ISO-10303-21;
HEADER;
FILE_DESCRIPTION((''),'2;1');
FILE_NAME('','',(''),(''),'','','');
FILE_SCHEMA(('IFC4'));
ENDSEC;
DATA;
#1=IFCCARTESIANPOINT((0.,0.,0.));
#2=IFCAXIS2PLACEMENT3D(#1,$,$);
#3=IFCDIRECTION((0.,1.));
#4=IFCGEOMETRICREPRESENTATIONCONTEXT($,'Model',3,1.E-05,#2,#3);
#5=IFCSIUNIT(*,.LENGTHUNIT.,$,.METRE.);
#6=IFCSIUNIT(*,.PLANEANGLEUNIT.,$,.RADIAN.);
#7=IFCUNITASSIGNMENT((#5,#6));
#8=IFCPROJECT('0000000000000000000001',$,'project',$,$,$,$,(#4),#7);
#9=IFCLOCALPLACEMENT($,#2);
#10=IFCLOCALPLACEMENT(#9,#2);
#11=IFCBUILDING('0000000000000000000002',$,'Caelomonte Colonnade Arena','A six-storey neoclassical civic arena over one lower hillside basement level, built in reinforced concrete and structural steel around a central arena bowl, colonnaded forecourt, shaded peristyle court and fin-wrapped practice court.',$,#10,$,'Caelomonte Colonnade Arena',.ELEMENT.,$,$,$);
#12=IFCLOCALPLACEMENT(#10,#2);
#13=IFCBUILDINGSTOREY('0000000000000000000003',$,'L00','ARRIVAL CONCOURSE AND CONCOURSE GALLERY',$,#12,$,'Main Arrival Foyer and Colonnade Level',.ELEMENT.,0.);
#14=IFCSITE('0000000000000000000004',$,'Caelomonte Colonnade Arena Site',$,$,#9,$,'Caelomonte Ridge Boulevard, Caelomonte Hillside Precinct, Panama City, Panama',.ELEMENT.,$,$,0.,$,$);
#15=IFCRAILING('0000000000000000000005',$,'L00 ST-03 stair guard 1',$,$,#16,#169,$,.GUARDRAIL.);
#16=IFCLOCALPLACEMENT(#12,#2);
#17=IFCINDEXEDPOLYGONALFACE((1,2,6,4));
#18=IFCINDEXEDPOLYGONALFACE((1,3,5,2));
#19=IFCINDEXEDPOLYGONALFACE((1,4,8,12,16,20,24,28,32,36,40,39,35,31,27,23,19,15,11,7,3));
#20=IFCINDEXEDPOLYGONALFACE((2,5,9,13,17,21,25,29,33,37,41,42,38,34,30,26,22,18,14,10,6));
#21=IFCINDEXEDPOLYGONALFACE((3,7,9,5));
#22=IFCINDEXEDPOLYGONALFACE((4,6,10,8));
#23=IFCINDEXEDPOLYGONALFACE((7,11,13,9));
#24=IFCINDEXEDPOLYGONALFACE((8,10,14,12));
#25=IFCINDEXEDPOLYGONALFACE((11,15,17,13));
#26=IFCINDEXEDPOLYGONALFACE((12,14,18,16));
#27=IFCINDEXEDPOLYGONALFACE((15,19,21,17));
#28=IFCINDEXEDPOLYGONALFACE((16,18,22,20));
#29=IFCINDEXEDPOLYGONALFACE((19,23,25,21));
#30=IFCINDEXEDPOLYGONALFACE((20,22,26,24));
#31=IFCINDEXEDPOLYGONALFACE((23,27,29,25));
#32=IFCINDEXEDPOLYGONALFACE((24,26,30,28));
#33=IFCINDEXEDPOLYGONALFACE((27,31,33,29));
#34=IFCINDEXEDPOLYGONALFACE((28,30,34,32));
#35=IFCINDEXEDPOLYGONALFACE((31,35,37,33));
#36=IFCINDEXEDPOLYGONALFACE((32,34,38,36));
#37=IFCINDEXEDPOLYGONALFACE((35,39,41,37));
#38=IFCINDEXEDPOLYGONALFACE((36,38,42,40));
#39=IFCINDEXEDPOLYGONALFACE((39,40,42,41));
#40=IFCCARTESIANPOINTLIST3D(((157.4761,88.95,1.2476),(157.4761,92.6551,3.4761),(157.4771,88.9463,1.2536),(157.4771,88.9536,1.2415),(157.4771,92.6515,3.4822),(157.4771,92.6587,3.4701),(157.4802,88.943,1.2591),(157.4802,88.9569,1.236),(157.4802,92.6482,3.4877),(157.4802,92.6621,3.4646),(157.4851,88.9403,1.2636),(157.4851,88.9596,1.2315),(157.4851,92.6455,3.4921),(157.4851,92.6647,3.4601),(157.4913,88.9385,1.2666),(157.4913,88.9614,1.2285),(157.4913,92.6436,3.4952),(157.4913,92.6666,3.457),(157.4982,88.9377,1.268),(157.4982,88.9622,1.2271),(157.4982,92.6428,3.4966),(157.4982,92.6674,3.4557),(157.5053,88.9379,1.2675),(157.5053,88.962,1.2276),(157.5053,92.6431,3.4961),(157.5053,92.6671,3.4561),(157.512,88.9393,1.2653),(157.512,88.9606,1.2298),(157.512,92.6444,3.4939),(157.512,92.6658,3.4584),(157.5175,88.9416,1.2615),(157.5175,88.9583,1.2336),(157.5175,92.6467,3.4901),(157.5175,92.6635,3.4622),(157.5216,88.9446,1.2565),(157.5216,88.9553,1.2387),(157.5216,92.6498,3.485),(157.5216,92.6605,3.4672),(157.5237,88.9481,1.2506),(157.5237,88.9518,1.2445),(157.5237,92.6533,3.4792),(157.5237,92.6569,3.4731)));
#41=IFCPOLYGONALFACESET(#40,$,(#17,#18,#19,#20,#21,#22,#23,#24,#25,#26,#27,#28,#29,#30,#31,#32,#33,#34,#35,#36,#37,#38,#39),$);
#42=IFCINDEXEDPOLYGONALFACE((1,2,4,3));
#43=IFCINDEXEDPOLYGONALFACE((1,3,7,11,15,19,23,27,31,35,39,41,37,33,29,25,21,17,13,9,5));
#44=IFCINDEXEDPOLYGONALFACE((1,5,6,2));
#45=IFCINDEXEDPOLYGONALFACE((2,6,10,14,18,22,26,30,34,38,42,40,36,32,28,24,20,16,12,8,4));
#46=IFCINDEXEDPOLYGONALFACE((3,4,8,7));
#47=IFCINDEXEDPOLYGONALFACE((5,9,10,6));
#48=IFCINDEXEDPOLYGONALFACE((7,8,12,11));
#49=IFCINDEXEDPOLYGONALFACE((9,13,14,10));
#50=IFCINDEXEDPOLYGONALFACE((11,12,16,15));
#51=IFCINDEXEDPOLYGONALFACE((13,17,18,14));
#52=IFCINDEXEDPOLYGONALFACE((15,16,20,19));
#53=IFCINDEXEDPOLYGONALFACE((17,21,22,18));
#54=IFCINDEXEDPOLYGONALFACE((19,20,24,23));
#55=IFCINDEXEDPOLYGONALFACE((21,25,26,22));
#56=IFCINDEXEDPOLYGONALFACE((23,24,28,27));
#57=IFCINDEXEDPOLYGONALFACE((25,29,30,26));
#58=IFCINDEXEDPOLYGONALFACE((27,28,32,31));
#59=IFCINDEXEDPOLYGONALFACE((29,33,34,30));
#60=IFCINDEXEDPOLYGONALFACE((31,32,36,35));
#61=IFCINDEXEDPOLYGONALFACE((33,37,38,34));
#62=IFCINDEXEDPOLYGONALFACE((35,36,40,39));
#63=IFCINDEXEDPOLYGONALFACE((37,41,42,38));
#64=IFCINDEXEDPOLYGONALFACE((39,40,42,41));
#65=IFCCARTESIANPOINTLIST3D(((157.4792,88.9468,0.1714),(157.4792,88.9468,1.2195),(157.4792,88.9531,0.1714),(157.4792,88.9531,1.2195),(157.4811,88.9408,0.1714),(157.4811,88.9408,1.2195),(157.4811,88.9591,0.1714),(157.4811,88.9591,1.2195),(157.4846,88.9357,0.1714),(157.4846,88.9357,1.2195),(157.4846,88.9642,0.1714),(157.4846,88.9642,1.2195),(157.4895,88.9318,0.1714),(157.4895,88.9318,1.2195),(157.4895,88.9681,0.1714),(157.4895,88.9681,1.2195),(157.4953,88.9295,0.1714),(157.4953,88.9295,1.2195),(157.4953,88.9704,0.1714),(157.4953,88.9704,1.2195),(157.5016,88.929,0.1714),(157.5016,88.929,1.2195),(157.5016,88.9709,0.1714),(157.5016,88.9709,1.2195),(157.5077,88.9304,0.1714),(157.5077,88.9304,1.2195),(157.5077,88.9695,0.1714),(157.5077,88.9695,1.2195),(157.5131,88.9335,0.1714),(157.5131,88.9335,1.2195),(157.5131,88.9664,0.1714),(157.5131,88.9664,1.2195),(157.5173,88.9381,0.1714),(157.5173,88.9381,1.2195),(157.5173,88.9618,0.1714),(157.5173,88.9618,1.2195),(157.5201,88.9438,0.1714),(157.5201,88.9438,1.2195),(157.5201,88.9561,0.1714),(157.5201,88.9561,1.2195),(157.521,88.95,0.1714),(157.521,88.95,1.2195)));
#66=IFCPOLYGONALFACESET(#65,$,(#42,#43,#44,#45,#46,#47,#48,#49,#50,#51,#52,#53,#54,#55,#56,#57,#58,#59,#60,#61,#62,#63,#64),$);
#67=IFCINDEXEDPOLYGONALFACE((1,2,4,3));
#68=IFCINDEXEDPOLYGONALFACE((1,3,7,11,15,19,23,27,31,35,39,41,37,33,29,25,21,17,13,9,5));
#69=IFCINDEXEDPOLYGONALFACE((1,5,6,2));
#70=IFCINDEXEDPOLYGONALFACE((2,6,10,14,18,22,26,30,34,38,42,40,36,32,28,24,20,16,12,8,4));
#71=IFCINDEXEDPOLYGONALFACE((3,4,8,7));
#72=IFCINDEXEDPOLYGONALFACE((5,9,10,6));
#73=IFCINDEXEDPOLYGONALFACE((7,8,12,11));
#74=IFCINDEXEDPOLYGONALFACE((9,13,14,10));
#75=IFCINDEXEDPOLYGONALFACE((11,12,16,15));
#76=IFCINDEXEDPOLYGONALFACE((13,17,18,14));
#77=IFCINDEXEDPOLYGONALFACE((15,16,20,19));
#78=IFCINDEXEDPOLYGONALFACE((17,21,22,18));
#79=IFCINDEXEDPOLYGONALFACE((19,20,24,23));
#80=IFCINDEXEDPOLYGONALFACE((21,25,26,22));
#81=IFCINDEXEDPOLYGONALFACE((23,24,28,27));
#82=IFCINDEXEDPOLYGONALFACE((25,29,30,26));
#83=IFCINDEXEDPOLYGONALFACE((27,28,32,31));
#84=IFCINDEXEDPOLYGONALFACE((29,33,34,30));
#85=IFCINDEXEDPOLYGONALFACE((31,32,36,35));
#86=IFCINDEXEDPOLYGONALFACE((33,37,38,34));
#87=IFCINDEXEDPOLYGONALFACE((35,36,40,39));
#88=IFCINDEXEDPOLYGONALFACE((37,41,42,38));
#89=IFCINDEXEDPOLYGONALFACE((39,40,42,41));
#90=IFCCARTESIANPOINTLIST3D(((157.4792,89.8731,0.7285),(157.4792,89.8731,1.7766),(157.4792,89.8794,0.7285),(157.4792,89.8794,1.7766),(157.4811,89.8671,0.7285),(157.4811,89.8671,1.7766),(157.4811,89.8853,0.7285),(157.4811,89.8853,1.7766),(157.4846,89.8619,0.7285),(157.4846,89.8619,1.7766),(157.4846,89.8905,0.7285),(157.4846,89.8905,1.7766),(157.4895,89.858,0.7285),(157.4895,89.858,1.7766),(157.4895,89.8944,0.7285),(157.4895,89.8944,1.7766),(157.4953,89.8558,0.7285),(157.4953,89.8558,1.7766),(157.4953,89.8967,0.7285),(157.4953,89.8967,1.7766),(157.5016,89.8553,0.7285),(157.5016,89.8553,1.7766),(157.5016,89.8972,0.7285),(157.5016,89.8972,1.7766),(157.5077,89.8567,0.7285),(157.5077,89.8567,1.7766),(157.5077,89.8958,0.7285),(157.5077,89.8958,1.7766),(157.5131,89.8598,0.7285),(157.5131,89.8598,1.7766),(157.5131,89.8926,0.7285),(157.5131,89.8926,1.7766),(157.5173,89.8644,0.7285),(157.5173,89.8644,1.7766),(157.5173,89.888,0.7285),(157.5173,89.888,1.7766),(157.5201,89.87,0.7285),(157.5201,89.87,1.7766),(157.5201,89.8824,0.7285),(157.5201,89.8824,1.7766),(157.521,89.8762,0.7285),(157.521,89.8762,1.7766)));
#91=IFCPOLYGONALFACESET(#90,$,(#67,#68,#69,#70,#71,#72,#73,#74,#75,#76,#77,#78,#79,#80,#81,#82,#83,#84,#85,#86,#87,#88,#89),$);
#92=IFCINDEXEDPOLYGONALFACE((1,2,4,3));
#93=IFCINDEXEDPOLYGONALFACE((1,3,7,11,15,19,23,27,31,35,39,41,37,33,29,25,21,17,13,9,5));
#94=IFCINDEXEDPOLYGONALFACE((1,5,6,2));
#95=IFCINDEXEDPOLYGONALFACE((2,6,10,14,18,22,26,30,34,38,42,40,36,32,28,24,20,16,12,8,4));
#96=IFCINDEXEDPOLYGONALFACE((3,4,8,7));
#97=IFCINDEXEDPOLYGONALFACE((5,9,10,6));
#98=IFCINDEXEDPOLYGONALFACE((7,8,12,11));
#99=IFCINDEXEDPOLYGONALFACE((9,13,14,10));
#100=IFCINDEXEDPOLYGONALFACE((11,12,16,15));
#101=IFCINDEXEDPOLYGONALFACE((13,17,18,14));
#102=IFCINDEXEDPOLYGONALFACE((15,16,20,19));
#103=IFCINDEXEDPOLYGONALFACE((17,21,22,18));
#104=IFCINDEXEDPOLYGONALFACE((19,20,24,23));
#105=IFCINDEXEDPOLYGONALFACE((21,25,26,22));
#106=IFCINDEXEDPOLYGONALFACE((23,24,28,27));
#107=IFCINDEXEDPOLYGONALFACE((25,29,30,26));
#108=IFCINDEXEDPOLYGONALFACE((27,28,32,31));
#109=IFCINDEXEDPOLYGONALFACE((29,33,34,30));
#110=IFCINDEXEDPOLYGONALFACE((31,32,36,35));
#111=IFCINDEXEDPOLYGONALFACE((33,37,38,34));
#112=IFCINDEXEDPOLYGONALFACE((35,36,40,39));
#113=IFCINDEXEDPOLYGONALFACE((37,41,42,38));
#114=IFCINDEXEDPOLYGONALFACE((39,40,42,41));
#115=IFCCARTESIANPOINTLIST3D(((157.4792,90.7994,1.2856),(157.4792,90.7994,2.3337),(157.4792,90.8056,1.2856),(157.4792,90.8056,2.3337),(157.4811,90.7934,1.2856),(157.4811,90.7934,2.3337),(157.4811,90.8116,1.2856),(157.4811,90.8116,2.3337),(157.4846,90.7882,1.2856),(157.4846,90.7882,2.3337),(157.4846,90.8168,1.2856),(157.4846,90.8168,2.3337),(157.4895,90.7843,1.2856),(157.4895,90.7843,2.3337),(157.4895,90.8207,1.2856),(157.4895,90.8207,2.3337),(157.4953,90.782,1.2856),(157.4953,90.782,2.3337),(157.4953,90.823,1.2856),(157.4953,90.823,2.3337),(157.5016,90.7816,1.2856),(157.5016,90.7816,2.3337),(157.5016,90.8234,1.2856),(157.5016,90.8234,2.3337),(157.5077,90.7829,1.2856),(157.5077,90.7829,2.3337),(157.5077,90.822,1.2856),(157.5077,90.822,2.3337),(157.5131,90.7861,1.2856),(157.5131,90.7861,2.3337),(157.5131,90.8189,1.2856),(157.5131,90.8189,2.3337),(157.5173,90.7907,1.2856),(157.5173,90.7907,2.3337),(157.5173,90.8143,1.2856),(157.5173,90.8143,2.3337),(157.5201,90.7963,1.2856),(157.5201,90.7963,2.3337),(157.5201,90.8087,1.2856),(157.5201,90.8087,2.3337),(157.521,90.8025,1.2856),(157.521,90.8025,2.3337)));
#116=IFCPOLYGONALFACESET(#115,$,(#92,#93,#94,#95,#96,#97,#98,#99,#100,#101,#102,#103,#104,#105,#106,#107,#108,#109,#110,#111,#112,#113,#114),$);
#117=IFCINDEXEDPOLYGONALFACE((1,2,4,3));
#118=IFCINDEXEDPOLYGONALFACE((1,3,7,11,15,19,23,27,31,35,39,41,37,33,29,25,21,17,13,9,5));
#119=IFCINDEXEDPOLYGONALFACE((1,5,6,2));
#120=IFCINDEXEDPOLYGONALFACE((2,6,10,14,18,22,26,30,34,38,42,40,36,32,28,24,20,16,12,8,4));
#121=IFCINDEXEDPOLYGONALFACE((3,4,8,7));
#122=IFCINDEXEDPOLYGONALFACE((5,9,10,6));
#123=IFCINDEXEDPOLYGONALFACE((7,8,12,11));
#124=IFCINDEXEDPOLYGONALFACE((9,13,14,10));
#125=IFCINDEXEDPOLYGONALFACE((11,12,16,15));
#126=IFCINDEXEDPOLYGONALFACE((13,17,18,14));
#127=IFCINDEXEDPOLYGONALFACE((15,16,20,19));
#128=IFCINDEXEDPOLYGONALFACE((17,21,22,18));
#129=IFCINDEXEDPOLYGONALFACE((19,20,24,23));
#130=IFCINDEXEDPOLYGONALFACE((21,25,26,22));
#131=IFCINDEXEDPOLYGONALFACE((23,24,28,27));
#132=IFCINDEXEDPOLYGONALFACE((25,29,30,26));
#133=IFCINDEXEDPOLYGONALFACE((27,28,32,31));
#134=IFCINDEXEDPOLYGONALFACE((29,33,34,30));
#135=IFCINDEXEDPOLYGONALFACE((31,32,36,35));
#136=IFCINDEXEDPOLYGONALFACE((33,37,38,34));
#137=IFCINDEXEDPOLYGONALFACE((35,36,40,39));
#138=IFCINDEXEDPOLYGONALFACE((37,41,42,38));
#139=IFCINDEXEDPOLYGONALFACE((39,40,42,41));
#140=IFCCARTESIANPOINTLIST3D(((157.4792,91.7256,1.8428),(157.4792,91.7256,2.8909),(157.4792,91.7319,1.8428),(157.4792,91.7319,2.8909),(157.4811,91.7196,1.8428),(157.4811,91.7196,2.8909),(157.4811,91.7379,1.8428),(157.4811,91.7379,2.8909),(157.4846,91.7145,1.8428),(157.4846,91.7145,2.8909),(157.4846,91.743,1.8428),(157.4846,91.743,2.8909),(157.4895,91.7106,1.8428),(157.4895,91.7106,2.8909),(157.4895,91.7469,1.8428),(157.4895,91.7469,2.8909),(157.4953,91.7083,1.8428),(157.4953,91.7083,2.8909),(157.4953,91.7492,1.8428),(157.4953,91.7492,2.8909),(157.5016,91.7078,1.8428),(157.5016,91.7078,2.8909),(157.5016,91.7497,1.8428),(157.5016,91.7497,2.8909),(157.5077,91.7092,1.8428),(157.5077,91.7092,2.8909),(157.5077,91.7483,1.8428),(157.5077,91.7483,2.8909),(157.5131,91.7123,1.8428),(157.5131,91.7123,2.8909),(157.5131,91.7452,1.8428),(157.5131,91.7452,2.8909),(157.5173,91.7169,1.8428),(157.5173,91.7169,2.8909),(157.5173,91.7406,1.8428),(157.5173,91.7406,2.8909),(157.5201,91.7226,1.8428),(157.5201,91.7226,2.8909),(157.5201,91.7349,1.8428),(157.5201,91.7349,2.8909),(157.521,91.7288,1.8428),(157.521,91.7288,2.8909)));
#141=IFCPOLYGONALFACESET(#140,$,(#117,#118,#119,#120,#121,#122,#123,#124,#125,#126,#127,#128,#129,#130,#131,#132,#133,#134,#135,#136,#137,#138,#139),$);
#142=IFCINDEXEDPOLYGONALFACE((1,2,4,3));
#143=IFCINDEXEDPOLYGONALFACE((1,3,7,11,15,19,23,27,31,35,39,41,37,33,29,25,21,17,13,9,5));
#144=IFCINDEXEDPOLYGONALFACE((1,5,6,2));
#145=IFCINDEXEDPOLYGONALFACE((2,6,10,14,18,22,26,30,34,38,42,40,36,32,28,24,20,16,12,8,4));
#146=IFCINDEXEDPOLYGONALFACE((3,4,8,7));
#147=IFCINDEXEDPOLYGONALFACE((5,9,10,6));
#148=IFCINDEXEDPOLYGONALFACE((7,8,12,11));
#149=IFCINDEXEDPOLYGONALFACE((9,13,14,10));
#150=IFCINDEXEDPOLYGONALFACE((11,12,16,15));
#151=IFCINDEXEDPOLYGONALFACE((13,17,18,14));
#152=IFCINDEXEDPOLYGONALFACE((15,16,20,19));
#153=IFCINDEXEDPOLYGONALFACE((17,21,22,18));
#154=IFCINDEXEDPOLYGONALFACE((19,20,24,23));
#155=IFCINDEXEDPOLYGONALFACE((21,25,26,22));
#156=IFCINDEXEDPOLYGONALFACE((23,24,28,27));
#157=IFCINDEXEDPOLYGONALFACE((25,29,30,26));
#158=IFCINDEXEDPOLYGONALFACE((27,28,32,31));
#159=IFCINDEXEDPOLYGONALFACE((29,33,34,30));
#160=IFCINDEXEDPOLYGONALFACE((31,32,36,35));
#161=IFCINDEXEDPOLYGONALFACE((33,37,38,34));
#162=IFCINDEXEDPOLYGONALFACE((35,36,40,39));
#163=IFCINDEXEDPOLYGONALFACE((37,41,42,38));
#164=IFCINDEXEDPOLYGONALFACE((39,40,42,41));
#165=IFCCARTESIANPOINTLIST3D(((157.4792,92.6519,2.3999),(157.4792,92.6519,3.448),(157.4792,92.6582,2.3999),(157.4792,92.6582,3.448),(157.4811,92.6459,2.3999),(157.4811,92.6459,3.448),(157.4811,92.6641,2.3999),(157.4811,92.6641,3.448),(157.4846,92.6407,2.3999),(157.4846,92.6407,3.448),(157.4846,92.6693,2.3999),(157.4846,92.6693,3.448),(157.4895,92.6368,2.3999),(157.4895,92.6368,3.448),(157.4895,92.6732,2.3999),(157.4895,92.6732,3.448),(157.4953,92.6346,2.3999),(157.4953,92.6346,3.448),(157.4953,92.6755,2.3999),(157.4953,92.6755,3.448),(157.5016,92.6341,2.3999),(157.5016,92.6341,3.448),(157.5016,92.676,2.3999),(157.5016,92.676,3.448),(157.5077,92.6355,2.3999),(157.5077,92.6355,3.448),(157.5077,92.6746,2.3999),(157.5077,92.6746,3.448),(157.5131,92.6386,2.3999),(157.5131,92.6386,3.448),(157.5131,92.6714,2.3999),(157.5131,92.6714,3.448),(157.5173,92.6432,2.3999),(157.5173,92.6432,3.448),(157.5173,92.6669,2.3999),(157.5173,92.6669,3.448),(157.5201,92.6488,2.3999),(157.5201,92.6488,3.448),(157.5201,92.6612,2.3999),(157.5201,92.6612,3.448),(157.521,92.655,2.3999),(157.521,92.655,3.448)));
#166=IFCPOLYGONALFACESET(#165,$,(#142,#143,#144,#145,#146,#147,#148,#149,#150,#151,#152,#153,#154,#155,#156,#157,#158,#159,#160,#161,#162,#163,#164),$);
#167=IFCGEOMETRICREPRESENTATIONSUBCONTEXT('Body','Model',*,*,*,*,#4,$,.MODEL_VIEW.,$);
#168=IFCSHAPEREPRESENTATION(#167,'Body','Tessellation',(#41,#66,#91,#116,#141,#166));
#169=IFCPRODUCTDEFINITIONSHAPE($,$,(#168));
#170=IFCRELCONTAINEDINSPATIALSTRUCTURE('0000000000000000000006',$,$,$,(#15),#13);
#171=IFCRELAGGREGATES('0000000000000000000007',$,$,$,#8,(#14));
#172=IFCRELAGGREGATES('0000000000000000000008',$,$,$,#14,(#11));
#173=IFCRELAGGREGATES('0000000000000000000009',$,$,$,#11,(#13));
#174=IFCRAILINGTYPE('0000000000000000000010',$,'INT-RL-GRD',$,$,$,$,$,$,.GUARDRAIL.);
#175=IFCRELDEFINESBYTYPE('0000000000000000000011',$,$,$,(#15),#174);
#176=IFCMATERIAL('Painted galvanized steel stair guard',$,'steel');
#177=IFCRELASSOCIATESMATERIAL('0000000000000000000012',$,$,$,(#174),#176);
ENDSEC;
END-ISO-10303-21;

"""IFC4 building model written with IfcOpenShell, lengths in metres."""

from ifc_helpers import new_model, si_unit, direction, frame, origin, origin_2d, place, context, subcontext, project, spatial, circle, extrude, material, type_object, element, save


model = new_model("IFC4")

# Units and contexts
model_context = context("Model", 3, precision=1e-05, world=origin(), true_north=direction((0.0, 1.0)))
body_context = subcontext(model_context, "Body", "Model", "MODEL_VIEW")
ifc_project = project(units=[si_unit("LENGTHUNIT", "METRE"), si_unit("PLANEANGLEUNIT", "RADIAN")], contexts=[model_context])

# Site, building, storey
site_placement = place(None, origin())
site = spatial("IfcSite", under=ifc_project, at=site_placement, Name="Caelomonte Colonnade Arena Site", LongName="Caelomonte Ridge Boulevard, Caelomonte Hillside Precinct, Panama City, Panama", CompositionType="ELEMENT", RefElevation=0.0)
building_placement = place(site_placement, origin())
building = spatial("IfcBuilding", under=site, at=building_placement, Name="Caelomonte Colonnade Arena", Description="A six-storey neoclassical civic arena over one lower hillside basement level, built in reinforced concrete and structural steel around a central arena bowl, colonnaded forecourt, shaded peristyle court and fin-wrapped practice court.", LongName="Caelomonte Colonnade Arena", CompositionType="ELEMENT")
storey_placement = place(building_placement, origin())
storey = spatial("IfcBuildingStorey", under=building, at=storey_placement, Name="L00", Description="ARRIVAL CONCOURSE AND CONCOURSE GALLERY", LongName="Main Arrival Foyer and Colonnade Level", CompositionType="ELEMENT", Elevation=0.0)

# Railing
ifc_material_1 = material(Name="Painted galvanized steel stair guard", Category="steel")
railing_type_1 = type_object("IfcRailingType", Name="INT-RL-GRD", PredefinedType="GUARDRAIL", material=ifc_material_1)
railing_1_placement = place(storey_placement, frame((157.5, 88.95, 0.1714)))
element("IfcRailing", 1, at=railing_1_placement, inside=storey, type_object=railing_type_1, Name="L00 ST-03 stair guard 1", PredefinedType="GUARDRAIL", context=body_context, shape_type="SweptSolid", body=[
    extrude(circle(Radius=0.0239, at=origin_2d()), frame((0.0, 0.0, 1.0762), z_axis=(0.0, 0.856934, 0.515425), x_axis=(-1.0, 0.0, 0.0)), (0.0, 0.0, 1.0), 4.3237),
    extrude(circle(Radius=0.021, at=origin_2d()), origin(), (0.0, 0.0, 1.0), 1.0481),
    extrude(circle(Radius=0.021, at=origin_2d()), frame((0.0, 0.9263, 0.5571)), (0.0, 0.0, 1.0), 1.0481),
    extrude(circle(Radius=0.021, at=origin_2d()), frame((0.0, 1.8525, 1.1143)), (0.0, 0.0, 1.0), 1.0481),
    extrude(circle(Radius=0.021, at=origin_2d()), frame((0.0, 2.7788, 1.6714)), (0.0, 0.0, 1.0), 1.0481),
    extrude(circle(Radius=0.021, at=origin_2d()), frame((0.0, 3.7051, 2.2285)), (0.0, 0.0, 1.0), 1.0481),
])

save(model, "model.ifc")
